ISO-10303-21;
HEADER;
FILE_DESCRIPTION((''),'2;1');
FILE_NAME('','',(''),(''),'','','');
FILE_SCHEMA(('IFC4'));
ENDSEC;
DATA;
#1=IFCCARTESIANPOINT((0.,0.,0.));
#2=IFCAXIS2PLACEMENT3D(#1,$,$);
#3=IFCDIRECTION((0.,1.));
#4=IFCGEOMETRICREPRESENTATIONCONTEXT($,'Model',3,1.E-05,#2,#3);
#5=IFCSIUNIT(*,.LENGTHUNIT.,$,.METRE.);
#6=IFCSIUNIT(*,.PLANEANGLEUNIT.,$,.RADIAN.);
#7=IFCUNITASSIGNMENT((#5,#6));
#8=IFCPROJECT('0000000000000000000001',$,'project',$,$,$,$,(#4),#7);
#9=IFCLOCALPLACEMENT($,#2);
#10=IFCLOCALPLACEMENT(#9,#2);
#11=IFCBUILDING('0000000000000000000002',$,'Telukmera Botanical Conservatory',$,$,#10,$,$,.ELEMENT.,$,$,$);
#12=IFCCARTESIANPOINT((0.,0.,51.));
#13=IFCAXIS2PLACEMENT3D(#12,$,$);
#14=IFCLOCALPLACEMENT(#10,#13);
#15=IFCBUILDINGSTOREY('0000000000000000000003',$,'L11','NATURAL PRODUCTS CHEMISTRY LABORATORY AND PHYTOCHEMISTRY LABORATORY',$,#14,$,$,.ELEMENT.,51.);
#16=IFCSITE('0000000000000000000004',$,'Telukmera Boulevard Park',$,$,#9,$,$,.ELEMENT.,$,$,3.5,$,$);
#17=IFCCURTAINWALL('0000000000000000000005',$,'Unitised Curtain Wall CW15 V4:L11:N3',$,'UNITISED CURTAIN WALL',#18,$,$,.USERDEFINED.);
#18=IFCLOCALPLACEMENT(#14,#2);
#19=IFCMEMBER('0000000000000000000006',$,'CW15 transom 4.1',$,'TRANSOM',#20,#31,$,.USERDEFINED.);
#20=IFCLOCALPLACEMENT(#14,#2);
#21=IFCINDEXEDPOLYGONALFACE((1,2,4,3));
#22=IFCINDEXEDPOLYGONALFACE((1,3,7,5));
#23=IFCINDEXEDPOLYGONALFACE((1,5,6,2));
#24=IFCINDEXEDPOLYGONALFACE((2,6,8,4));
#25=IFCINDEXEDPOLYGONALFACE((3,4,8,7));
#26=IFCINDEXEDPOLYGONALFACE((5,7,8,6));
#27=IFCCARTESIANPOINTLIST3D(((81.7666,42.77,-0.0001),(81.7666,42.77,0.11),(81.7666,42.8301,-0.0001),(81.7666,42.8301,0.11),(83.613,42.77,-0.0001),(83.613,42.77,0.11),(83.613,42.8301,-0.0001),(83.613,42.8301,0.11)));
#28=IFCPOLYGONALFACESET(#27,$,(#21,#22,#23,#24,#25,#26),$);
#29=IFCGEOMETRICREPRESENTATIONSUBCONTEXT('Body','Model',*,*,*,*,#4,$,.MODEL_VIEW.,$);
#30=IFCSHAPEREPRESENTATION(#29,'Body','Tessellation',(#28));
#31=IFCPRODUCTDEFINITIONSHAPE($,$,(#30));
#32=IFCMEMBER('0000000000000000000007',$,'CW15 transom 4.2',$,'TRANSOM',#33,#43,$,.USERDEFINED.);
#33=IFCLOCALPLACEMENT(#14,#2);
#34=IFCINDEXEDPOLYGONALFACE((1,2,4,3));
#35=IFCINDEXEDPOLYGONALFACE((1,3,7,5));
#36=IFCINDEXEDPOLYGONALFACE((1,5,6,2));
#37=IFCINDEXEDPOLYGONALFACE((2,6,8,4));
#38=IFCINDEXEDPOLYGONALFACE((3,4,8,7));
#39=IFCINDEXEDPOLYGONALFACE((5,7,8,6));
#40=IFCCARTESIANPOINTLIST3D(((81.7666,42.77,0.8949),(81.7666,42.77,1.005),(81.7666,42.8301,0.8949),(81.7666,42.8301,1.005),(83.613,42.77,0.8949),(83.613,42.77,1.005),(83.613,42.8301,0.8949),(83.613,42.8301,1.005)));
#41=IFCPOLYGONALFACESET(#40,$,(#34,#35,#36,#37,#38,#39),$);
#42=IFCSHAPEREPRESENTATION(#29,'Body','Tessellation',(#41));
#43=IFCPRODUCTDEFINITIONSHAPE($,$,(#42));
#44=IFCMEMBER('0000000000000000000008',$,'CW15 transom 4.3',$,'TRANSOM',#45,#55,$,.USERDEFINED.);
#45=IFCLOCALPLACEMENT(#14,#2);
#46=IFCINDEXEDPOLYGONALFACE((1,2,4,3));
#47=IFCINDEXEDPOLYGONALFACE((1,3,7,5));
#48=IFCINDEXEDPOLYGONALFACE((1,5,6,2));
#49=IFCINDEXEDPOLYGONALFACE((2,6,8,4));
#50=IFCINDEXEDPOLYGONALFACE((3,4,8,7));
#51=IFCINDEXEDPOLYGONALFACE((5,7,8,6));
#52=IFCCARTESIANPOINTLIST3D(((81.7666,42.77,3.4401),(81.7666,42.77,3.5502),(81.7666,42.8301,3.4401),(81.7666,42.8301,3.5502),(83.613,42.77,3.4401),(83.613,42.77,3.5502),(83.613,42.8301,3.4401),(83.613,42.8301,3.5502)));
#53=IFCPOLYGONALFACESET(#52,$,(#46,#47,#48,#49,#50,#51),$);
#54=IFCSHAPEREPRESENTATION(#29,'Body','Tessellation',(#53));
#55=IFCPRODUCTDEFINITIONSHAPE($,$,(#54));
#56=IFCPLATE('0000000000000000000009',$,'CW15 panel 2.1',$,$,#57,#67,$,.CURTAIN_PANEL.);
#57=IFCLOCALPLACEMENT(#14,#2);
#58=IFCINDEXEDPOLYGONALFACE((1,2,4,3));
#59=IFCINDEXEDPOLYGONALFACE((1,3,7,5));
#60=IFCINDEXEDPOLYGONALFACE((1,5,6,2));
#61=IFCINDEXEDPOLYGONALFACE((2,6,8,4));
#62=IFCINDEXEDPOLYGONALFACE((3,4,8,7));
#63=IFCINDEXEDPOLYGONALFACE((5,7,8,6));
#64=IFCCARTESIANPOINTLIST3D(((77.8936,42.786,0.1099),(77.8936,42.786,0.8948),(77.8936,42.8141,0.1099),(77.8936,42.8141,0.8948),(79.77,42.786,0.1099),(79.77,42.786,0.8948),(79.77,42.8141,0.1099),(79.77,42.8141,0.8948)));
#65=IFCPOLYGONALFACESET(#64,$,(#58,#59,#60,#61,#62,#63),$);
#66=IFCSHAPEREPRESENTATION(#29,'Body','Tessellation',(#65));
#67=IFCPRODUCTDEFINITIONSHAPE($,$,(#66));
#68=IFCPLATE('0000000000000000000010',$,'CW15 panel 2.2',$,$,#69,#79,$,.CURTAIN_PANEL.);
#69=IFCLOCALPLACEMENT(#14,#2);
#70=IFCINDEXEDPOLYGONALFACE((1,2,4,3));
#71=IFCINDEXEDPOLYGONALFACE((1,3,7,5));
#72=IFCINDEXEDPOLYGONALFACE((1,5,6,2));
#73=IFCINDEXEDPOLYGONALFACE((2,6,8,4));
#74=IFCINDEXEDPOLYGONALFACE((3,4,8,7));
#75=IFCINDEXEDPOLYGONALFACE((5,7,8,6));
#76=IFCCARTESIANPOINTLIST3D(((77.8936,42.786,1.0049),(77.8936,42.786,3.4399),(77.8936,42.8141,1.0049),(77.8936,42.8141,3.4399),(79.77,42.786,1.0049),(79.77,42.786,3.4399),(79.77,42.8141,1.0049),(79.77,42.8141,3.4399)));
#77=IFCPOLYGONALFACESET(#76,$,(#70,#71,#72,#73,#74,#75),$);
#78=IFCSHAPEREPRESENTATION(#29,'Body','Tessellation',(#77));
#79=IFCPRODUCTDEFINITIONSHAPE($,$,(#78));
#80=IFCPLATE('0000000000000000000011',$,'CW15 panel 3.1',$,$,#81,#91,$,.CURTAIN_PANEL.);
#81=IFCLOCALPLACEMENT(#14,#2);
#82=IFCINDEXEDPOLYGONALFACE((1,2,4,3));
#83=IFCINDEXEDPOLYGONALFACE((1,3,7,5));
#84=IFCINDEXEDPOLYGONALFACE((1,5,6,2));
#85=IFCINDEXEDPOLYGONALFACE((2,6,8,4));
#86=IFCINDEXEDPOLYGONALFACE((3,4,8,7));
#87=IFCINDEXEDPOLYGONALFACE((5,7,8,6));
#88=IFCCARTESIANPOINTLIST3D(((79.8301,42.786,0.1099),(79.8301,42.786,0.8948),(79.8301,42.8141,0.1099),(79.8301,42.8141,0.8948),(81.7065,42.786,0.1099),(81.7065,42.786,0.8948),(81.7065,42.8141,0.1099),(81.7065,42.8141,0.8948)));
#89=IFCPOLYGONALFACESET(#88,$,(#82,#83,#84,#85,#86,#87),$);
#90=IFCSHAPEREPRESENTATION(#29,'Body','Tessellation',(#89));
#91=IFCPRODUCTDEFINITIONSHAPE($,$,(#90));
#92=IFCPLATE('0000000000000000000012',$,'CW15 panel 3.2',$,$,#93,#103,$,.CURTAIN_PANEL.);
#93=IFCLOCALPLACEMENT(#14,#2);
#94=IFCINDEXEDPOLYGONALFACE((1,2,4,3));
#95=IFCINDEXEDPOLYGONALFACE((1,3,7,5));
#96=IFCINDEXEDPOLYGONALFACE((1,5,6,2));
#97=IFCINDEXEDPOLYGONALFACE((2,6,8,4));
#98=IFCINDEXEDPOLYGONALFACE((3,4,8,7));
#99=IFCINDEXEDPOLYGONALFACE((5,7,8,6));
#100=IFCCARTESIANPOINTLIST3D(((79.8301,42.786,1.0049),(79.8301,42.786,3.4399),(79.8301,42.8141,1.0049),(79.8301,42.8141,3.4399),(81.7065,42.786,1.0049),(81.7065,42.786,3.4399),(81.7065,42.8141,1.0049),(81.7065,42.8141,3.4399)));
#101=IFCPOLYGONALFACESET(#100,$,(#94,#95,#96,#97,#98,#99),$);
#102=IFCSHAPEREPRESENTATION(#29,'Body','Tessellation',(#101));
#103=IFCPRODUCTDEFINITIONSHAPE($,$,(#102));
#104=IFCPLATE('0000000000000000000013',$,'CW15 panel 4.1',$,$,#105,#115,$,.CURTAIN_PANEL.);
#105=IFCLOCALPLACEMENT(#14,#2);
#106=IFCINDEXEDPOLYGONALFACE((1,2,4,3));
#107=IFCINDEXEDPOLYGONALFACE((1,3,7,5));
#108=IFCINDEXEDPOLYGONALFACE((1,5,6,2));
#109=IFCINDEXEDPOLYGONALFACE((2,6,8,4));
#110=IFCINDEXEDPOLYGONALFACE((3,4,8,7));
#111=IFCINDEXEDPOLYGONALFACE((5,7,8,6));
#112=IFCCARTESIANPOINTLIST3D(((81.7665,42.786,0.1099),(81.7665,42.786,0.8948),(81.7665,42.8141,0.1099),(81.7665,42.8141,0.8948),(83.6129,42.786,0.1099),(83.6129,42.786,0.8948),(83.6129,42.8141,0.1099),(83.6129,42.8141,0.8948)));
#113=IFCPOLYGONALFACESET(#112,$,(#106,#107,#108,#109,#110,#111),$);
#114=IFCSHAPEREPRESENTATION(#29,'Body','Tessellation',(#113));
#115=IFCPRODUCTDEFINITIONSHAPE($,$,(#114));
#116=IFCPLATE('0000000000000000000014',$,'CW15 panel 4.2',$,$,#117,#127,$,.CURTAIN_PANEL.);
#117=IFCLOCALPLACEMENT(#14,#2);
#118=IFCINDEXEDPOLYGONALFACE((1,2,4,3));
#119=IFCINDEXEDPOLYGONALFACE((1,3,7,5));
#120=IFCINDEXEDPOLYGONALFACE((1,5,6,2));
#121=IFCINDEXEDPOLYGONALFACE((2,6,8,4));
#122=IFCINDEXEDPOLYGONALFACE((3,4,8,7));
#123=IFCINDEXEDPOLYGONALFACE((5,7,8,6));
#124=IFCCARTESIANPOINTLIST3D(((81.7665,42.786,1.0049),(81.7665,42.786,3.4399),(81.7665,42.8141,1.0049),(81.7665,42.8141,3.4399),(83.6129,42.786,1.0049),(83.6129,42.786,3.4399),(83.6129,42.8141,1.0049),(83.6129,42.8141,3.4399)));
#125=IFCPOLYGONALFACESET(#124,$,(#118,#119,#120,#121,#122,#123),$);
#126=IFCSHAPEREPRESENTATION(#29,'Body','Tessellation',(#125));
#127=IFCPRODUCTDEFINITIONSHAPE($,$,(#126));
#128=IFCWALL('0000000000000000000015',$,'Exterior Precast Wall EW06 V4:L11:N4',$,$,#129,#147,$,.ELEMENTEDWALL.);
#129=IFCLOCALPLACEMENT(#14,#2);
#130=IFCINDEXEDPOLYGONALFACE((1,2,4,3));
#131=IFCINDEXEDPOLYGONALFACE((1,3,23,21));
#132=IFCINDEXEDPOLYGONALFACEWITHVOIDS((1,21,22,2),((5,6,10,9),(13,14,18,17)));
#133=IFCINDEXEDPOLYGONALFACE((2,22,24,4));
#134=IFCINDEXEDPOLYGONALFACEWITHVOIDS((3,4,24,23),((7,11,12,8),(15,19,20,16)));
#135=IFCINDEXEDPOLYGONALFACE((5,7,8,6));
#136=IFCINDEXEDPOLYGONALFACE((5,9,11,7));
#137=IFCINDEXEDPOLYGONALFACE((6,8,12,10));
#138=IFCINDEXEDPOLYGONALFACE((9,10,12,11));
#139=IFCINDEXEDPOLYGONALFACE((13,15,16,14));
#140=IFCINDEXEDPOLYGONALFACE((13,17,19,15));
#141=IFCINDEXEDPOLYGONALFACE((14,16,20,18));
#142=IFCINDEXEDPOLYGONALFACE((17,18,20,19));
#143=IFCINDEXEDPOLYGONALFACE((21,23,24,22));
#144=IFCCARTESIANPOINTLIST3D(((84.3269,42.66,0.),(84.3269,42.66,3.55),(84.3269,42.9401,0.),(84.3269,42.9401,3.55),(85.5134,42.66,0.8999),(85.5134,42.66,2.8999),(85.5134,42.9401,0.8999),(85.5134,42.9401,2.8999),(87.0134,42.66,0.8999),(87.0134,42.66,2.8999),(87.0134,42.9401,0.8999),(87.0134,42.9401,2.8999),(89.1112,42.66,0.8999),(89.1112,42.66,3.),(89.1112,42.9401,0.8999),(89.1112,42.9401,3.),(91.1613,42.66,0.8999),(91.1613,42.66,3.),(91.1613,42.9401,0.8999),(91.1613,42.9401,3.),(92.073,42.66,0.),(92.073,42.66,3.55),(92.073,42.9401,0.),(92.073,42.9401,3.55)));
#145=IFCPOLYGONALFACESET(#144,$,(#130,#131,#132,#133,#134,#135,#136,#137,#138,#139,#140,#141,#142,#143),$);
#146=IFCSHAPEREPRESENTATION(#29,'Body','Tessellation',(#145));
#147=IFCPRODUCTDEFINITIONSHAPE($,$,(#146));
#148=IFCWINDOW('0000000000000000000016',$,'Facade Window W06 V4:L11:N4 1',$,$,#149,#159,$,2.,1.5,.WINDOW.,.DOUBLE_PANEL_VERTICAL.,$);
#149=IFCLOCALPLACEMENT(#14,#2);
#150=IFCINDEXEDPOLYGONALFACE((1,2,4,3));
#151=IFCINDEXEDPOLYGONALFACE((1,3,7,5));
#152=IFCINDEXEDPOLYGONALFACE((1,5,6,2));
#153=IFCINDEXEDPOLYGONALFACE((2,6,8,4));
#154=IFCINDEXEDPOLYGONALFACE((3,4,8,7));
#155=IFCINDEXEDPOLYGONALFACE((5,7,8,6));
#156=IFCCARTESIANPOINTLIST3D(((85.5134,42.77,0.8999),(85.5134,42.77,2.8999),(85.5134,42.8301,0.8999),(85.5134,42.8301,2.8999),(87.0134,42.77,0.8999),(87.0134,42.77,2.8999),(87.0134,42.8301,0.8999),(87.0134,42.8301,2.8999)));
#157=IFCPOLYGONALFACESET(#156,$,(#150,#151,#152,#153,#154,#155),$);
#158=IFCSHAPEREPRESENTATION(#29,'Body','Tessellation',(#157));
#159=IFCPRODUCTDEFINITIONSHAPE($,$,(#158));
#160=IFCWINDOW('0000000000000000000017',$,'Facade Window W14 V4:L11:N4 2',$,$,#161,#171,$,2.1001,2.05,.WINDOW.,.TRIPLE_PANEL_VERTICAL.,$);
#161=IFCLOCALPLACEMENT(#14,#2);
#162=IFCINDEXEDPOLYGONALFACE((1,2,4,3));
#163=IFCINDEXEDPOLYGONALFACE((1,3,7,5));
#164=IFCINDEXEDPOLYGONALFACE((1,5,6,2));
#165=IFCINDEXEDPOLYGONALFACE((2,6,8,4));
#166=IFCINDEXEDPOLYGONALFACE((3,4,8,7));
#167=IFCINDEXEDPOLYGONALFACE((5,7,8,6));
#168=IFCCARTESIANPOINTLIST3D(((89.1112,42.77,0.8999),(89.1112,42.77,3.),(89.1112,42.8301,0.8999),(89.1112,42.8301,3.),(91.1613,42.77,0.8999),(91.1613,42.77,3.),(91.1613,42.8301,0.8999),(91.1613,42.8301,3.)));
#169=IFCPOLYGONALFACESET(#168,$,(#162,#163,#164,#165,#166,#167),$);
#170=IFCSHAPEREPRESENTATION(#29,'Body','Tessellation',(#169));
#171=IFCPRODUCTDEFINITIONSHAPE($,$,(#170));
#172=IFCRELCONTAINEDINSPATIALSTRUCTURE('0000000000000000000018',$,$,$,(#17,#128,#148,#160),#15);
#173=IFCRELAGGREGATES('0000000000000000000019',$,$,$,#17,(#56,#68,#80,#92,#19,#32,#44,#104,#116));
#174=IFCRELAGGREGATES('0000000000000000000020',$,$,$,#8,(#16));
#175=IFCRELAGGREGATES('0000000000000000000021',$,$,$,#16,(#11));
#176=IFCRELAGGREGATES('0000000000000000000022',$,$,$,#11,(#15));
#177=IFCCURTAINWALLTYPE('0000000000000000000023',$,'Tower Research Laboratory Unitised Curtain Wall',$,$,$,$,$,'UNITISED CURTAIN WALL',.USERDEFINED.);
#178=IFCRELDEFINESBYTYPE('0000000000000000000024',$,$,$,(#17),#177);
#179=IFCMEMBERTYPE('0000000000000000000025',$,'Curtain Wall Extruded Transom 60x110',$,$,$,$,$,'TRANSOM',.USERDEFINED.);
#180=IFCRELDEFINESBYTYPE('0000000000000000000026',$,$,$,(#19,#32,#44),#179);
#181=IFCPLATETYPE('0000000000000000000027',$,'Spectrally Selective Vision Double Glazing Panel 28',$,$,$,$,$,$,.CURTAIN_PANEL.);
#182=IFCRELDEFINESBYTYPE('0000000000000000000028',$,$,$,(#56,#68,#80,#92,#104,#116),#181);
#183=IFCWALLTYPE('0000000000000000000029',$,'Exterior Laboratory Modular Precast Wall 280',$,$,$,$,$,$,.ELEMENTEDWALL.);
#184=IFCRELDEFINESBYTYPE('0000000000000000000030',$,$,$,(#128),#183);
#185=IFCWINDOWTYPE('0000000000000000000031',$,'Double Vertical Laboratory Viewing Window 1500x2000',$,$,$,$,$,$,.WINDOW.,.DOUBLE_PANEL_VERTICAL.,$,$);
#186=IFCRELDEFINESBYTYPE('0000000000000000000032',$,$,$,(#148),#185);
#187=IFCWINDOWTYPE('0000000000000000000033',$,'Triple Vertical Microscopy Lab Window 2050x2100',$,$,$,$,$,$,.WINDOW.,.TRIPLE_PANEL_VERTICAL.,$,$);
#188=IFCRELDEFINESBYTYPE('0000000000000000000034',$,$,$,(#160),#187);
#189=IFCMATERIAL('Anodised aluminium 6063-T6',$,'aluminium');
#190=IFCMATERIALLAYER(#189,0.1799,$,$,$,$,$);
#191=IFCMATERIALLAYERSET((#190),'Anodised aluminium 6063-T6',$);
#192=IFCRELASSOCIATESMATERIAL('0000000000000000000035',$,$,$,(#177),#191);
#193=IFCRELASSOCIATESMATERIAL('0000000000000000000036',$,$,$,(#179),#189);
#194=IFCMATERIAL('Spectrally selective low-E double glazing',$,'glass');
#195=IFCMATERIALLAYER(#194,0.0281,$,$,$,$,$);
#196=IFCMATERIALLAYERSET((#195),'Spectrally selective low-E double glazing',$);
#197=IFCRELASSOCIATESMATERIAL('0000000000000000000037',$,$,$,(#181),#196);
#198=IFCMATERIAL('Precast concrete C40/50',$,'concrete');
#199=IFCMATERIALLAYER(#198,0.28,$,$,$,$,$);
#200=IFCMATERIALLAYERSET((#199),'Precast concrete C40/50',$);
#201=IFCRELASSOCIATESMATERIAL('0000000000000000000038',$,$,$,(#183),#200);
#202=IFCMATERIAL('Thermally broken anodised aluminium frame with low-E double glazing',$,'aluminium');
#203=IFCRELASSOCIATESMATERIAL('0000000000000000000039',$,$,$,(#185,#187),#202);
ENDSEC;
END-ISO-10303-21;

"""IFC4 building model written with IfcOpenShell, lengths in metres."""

from ifc_helpers import new_model, si_unit, direction, frame, frame_2d, origin, origin_2d, place, context, subcontext, project, spatial, rectangle, extrude, material, layer, layer_set, material_profile, profile_set, type_object, element, fill, aggregate, save


model = new_model("IFC4")

# Units and contexts
model_context = context("Model", 3, precision=1e-05, world=origin(), true_north=direction((0.0, 1.0)))
body_context = subcontext(model_context, "Body", "Model", "MODEL_VIEW")
ifc_project = project(units=[si_unit("LENGTHUNIT", "METRE"), si_unit("PLANEANGLEUNIT", "RADIAN")], contexts=[model_context])

# Site, building, storey
site_placement = place(None, origin())
site = spatial("IfcSite", under=ifc_project, at=site_placement, Name="Telukmera Boulevard Park", CompositionType="ELEMENT", RefElevation=3.5)
building_placement = place(site_placement, origin())
building = spatial("IfcBuilding", under=site, at=building_placement, Name="Telukmera Botanical Conservatory", CompositionType="ELEMENT")
storey_placement = place(building_placement, frame((0.0, 0.0, 51.0)))
storey = spatial("IfcBuildingStorey", under=building, at=storey_placement, Name="L11", Description="NATURAL PRODUCTS CHEMISTRY LABORATORY AND PHYTOCHEMISTRY LABORATORY", CompositionType="ELEMENT", Elevation=51.0)

# Shared definitions
ifc_material_1 = material(Name="Precast concrete C40/50", Category="concrete")

# Curtain wall, members, plates
ifc_material_2 = material(Name="Anodised aluminium 6063-T6", Category="aluminium")
ifc_layer_1 = layer(ifc_material_2, 0.1799)
ifc_layer_set_1 = layer_set([ifc_layer_1], Name="Anodised aluminium 6063-T6")
curtain_wall_type = type_object("IfcCurtainWallType", Name="Tower Research Laboratory Unitised Curtain Wall", ElementType="UNITISED CURTAIN WALL", PredefinedType="USERDEFINED", material=ifc_layer_set_1)
curtain_wall_placement = place(storey_placement, origin())
curtain_wall = element("IfcCurtainWall", 1, at=curtain_wall_placement, inside=storey, type_object=curtain_wall_type, Name="Unitised Curtain Wall CW15 V4:L11:N3", ObjectType="UNITISED CURTAIN WALL", PredefinedType="USERDEFINED")
ifc_material_profile_1 = material_profile(ifc_material_2, rectangle(XDim=0.0601, YDim=0.1101, at=origin_2d()), Name="ALU TRAN 60x110")
ifc_profile_set_1 = profile_set([ifc_material_profile_1], Name="Anodised aluminium 6063-T6")
member_type_1 = type_object("IfcMemberType", Name="Curtain Wall Extruded Transom 60x110", ElementType="TRANSOM", PredefinedType="USERDEFINED", material=ifc_profile_set_1)
member_1_placement = place(storey_placement, frame((81.7666, 42.8, 0.0549), z_axis=(1.0, 0.0, 0.0), x_axis=(0.0, 1.0, 0.0)))
member_1 = element("IfcMember", 2, at=member_1_placement, type_object=member_type_1, Name="CW15 transom 4.1", ObjectType="TRANSOM", PredefinedType="USERDEFINED", context=body_context, shape_type="SweptSolid", body=[
    extrude(rectangle(XDim=0.0601, YDim=0.1101, at=origin_2d()), origin(), (0.0, 0.0, 1.0), 1.8464),
])
member_2_placement = place(storey_placement, frame((81.7666, 42.8, 0.95), z_axis=(1.0, 0.0, 0.0), x_axis=(0.0, 1.0, 0.0)))
member_2 = element("IfcMember", 3, at=member_2_placement, type_object=member_type_1, Name="CW15 transom 4.2", ObjectType="TRANSOM", PredefinedType="USERDEFINED", context=body_context, shape_type="SweptSolid", body=[
    extrude(rectangle(XDim=0.0601, YDim=0.1101, at=origin_2d()), origin(), (0.0, 0.0, 1.0), 1.8464),
])
member_3_placement = place(storey_placement, frame((81.7666, 42.8, 3.4951), z_axis=(1.0, 0.0, 0.0), x_axis=(0.0, 1.0, 0.0)))
member_3 = element("IfcMember", 4, at=member_3_placement, type_object=member_type_1, Name="CW15 transom 4.3", ObjectType="TRANSOM", PredefinedType="USERDEFINED", context=body_context, shape_type="SweptSolid", body=[
    extrude(rectangle(XDim=0.0601, YDim=0.1101, at=origin_2d()), origin(), (0.0, 0.0, 1.0), 1.8464),
])
ifc_material_3 = material(Name="Spectrally selective low-E double glazing", Category="glass")
ifc_layer_2 = layer(ifc_material_3, 0.0281)
ifc_layer_set_2 = layer_set([ifc_layer_2], Name="Spectrally selective low-E double glazing")
plate_type = type_object("IfcPlateType", Name="Spectrally Selective Vision Double Glazing Panel 28", PredefinedType="CURTAIN_PANEL", material=ifc_layer_set_2)
plate_1_placement = place(storey_placement, frame((78.8318, 42.8, 0.1099), z_axis=(0.0, 0.0, 1.0), x_axis=(1.0, 0.0, 0.0)))
plate_1 = element("IfcPlate", 5, at=plate_1_placement, type_object=plate_type, Name="CW15 panel 2.1", PredefinedType="CURTAIN_PANEL", context=body_context, shape_type="SweptSolid", body=[
    extrude(rectangle(XDim=1.8765, YDim=0.0281, at=origin_2d()), origin(), (0.0, 0.0, 1.0), 0.7849),
])
plate_2_placement = place(storey_placement, frame((78.8318, 42.8, 1.0049), z_axis=(0.0, 0.0, 1.0), x_axis=(1.0, 0.0, 0.0)))
plate_2 = element("IfcPlate", 6, at=plate_2_placement, type_object=plate_type, Name="CW15 panel 2.2", PredefinedType="CURTAIN_PANEL", context=body_context, shape_type="SweptSolid", body=[
    extrude(rectangle(XDim=1.8765, YDim=0.0281, at=origin_2d()), origin(), (0.0, 0.0, 1.0), 2.4351),
])
plate_3_placement = place(storey_placement, frame((80.7683, 42.8, 0.1099), z_axis=(0.0, 0.0, 1.0), x_axis=(1.0, 0.0, 0.0)))
plate_3 = element("IfcPlate", 7, at=plate_3_placement, type_object=plate_type, Name="CW15 panel 3.1", PredefinedType="CURTAIN_PANEL", context=body_context, shape_type="SweptSolid", body=[
    extrude(rectangle(XDim=1.8765, YDim=0.0281, at=origin_2d()), origin(), (0.0, 0.0, 1.0), 0.7849),
])
plate_4_placement = place(storey_placement, frame((80.7683, 42.8, 1.0049), z_axis=(0.0, 0.0, 1.0), x_axis=(1.0, 0.0, 0.0)))
plate_4 = element("IfcPlate", 8, at=plate_4_placement, type_object=plate_type, Name="CW15 panel 3.2", PredefinedType="CURTAIN_PANEL", context=body_context, shape_type="SweptSolid", body=[
    extrude(rectangle(XDim=1.8765, YDim=0.0281, at=origin_2d()), origin(), (0.0, 0.0, 1.0), 2.4351),
])
plate_5_placement = place(storey_placement, frame((82.6897, 42.8, 0.1099), z_axis=(0.0, 0.0, 1.0), x_axis=(1.0, 0.0, 0.0)))
plate_5 = element("IfcPlate", 9, at=plate_5_placement, type_object=plate_type, Name="CW15 panel 4.1", PredefinedType="CURTAIN_PANEL", context=body_context, shape_type="SweptSolid", body=[
    extrude(rectangle(XDim=1.8464, YDim=0.0281, at=origin_2d()), origin(), (0.0, 0.0, 1.0), 0.7849),
])
plate_6_placement = place(storey_placement, frame((82.6897, 42.8, 1.0049), z_axis=(0.0, 0.0, 1.0), x_axis=(1.0, 0.0, 0.0)))
plate_6 = element("IfcPlate", 10, at=plate_6_placement, type_object=plate_type, Name="CW15 panel 4.2", PredefinedType="CURTAIN_PANEL", context=body_context, shape_type="SweptSolid", body=[
    extrude(rectangle(XDim=1.8464, YDim=0.0281, at=origin_2d()), origin(), (0.0, 0.0, 1.0), 2.4351),
])
aggregate(curtain_wall, [plate_1, plate_2, plate_3, plate_4, member_1, member_2, member_3, plate_5, plate_6])

# Wall, openings, windows
ifc_layer_3 = layer(ifc_material_1, 0.28)
ifc_layer_set_3 = layer_set([ifc_layer_3], Name="Precast concrete C40/50")
wall_type_1 = type_object("IfcWallType", Name="Exterior Laboratory Modular Precast Wall 280", PredefinedType="ELEMENTEDWALL", material=ifc_layer_set_3)
wall_1_placement = place(storey_placement, frame((84.3269, 42.8, 0.0), z_axis=(0.0, 0.0, 1.0), x_axis=(1.0, 0.0, 0.0)))
wall_1 = element("IfcWall", 11, at=wall_1_placement, inside=storey, type_object=wall_type_1, Name="Exterior Precast Wall EW06 V4:L11:N4", PredefinedType="ELEMENTEDWALL", context=body_context, shape_type="SweptSolid", body=[
    extrude(rectangle(XDim=7.7461, YDim=0.28, at=frame_2d((3.873, 0.0))), origin(), (0.0, 0.0, 1.0), 3.55),
])
opening_1_placement = place(wall_1_placement, frame((1.1865, 0.0, 0.8999)))
opening_1 = element("IfcOpeningElement", 12, at=opening_1_placement, cuts=wall_1, PredefinedType="OPENING", context=body_context, shape_type="SweptSolid", body=[
    extrude(rectangle(XDim=1.5, YDim=2.0, at=frame_2d((0.75, 1.0))), frame((0.0, 0.1499, 0.0), z_axis=(0.0, -1.0, 0.0), x_axis=(1.0, 0.0, 0.0)), (0.0, 0.0, 1.0), 0.3),
])
opening_2_placement = place(wall_1_placement, frame((4.7844, 0.0, 0.8999)))
opening_2 = element("IfcOpeningElement", 13, at=opening_2_placement, cuts=wall_1, PredefinedType="OPENING", context=body_context, shape_type="SweptSolid", body=[
    extrude(rectangle(XDim=2.05, YDim=2.1001, at=frame_2d((1.0249, 1.05))), frame((0.0, 0.1499, 0.0), z_axis=(0.0, -1.0, 0.0), x_axis=(1.0, 0.0, 0.0)), (0.0, 0.0, 1.0), 0.3),
])
ifc_material_4 = material(Name="Thermally broken anodised aluminium frame with low-E double glazing", Category="aluminium")
window_type_1 = type_object("IfcWindowType", Name="Double Vertical Laboratory Viewing Window 1500x2000", PartitioningType="DOUBLE_PANEL_VERTICAL", PredefinedType="WINDOW", material=ifc_material_4)
window_1_placement = place(opening_1_placement, origin())
window_1 = element("IfcWindow", 14, at=window_1_placement, inside=storey, type_object=window_type_1, Name="Facade Window W06 V4:L11:N4 1", OverallHeight=2.0, OverallWidth=1.5, PartitioningType="DOUBLE_PANEL_VERTICAL", PredefinedType="WINDOW", context=body_context, shape_type="SweptSolid", body=[
    extrude(rectangle(XDim=1.5, YDim=2.0, at=frame_2d((0.75, 1.0))), frame((0.0, 0.03, 0.0), z_axis=(0.0, -1.0, 0.0), x_axis=(1.0, 0.0, 0.0)), (0.0, 0.0, 1.0), 0.0601),
])
fill(opening_1, window_1)
window_type_2 = type_object("IfcWindowType", Name="Triple Vertical Microscopy Lab Window 2050x2100", PartitioningType="TRIPLE_PANEL_VERTICAL", PredefinedType="WINDOW", material=ifc_material_4)
window_2_placement = place(opening_2_placement, origin())
window_2 = element("IfcWindow", 15, at=window_2_placement, inside=storey, type_object=window_type_2, Name="Facade Window W14 V4:L11:N4 2", OverallHeight=2.1001, OverallWidth=2.05, PartitioningType="TRIPLE_PANEL_VERTICAL", PredefinedType="WINDOW", context=body_context, shape_type="SweptSolid", body=[
    extrude(rectangle(XDim=2.05, YDim=2.1001, at=frame_2d((1.0249, 1.05))), frame((0.0, 0.03, 0.0), z_axis=(0.0, -1.0, 0.0), x_axis=(1.0, 0.0, 0.0)), (0.0, 0.0, 1.0), 0.0601),
])
fill(opening_2, window_2)

save(model, "model.ifc")
